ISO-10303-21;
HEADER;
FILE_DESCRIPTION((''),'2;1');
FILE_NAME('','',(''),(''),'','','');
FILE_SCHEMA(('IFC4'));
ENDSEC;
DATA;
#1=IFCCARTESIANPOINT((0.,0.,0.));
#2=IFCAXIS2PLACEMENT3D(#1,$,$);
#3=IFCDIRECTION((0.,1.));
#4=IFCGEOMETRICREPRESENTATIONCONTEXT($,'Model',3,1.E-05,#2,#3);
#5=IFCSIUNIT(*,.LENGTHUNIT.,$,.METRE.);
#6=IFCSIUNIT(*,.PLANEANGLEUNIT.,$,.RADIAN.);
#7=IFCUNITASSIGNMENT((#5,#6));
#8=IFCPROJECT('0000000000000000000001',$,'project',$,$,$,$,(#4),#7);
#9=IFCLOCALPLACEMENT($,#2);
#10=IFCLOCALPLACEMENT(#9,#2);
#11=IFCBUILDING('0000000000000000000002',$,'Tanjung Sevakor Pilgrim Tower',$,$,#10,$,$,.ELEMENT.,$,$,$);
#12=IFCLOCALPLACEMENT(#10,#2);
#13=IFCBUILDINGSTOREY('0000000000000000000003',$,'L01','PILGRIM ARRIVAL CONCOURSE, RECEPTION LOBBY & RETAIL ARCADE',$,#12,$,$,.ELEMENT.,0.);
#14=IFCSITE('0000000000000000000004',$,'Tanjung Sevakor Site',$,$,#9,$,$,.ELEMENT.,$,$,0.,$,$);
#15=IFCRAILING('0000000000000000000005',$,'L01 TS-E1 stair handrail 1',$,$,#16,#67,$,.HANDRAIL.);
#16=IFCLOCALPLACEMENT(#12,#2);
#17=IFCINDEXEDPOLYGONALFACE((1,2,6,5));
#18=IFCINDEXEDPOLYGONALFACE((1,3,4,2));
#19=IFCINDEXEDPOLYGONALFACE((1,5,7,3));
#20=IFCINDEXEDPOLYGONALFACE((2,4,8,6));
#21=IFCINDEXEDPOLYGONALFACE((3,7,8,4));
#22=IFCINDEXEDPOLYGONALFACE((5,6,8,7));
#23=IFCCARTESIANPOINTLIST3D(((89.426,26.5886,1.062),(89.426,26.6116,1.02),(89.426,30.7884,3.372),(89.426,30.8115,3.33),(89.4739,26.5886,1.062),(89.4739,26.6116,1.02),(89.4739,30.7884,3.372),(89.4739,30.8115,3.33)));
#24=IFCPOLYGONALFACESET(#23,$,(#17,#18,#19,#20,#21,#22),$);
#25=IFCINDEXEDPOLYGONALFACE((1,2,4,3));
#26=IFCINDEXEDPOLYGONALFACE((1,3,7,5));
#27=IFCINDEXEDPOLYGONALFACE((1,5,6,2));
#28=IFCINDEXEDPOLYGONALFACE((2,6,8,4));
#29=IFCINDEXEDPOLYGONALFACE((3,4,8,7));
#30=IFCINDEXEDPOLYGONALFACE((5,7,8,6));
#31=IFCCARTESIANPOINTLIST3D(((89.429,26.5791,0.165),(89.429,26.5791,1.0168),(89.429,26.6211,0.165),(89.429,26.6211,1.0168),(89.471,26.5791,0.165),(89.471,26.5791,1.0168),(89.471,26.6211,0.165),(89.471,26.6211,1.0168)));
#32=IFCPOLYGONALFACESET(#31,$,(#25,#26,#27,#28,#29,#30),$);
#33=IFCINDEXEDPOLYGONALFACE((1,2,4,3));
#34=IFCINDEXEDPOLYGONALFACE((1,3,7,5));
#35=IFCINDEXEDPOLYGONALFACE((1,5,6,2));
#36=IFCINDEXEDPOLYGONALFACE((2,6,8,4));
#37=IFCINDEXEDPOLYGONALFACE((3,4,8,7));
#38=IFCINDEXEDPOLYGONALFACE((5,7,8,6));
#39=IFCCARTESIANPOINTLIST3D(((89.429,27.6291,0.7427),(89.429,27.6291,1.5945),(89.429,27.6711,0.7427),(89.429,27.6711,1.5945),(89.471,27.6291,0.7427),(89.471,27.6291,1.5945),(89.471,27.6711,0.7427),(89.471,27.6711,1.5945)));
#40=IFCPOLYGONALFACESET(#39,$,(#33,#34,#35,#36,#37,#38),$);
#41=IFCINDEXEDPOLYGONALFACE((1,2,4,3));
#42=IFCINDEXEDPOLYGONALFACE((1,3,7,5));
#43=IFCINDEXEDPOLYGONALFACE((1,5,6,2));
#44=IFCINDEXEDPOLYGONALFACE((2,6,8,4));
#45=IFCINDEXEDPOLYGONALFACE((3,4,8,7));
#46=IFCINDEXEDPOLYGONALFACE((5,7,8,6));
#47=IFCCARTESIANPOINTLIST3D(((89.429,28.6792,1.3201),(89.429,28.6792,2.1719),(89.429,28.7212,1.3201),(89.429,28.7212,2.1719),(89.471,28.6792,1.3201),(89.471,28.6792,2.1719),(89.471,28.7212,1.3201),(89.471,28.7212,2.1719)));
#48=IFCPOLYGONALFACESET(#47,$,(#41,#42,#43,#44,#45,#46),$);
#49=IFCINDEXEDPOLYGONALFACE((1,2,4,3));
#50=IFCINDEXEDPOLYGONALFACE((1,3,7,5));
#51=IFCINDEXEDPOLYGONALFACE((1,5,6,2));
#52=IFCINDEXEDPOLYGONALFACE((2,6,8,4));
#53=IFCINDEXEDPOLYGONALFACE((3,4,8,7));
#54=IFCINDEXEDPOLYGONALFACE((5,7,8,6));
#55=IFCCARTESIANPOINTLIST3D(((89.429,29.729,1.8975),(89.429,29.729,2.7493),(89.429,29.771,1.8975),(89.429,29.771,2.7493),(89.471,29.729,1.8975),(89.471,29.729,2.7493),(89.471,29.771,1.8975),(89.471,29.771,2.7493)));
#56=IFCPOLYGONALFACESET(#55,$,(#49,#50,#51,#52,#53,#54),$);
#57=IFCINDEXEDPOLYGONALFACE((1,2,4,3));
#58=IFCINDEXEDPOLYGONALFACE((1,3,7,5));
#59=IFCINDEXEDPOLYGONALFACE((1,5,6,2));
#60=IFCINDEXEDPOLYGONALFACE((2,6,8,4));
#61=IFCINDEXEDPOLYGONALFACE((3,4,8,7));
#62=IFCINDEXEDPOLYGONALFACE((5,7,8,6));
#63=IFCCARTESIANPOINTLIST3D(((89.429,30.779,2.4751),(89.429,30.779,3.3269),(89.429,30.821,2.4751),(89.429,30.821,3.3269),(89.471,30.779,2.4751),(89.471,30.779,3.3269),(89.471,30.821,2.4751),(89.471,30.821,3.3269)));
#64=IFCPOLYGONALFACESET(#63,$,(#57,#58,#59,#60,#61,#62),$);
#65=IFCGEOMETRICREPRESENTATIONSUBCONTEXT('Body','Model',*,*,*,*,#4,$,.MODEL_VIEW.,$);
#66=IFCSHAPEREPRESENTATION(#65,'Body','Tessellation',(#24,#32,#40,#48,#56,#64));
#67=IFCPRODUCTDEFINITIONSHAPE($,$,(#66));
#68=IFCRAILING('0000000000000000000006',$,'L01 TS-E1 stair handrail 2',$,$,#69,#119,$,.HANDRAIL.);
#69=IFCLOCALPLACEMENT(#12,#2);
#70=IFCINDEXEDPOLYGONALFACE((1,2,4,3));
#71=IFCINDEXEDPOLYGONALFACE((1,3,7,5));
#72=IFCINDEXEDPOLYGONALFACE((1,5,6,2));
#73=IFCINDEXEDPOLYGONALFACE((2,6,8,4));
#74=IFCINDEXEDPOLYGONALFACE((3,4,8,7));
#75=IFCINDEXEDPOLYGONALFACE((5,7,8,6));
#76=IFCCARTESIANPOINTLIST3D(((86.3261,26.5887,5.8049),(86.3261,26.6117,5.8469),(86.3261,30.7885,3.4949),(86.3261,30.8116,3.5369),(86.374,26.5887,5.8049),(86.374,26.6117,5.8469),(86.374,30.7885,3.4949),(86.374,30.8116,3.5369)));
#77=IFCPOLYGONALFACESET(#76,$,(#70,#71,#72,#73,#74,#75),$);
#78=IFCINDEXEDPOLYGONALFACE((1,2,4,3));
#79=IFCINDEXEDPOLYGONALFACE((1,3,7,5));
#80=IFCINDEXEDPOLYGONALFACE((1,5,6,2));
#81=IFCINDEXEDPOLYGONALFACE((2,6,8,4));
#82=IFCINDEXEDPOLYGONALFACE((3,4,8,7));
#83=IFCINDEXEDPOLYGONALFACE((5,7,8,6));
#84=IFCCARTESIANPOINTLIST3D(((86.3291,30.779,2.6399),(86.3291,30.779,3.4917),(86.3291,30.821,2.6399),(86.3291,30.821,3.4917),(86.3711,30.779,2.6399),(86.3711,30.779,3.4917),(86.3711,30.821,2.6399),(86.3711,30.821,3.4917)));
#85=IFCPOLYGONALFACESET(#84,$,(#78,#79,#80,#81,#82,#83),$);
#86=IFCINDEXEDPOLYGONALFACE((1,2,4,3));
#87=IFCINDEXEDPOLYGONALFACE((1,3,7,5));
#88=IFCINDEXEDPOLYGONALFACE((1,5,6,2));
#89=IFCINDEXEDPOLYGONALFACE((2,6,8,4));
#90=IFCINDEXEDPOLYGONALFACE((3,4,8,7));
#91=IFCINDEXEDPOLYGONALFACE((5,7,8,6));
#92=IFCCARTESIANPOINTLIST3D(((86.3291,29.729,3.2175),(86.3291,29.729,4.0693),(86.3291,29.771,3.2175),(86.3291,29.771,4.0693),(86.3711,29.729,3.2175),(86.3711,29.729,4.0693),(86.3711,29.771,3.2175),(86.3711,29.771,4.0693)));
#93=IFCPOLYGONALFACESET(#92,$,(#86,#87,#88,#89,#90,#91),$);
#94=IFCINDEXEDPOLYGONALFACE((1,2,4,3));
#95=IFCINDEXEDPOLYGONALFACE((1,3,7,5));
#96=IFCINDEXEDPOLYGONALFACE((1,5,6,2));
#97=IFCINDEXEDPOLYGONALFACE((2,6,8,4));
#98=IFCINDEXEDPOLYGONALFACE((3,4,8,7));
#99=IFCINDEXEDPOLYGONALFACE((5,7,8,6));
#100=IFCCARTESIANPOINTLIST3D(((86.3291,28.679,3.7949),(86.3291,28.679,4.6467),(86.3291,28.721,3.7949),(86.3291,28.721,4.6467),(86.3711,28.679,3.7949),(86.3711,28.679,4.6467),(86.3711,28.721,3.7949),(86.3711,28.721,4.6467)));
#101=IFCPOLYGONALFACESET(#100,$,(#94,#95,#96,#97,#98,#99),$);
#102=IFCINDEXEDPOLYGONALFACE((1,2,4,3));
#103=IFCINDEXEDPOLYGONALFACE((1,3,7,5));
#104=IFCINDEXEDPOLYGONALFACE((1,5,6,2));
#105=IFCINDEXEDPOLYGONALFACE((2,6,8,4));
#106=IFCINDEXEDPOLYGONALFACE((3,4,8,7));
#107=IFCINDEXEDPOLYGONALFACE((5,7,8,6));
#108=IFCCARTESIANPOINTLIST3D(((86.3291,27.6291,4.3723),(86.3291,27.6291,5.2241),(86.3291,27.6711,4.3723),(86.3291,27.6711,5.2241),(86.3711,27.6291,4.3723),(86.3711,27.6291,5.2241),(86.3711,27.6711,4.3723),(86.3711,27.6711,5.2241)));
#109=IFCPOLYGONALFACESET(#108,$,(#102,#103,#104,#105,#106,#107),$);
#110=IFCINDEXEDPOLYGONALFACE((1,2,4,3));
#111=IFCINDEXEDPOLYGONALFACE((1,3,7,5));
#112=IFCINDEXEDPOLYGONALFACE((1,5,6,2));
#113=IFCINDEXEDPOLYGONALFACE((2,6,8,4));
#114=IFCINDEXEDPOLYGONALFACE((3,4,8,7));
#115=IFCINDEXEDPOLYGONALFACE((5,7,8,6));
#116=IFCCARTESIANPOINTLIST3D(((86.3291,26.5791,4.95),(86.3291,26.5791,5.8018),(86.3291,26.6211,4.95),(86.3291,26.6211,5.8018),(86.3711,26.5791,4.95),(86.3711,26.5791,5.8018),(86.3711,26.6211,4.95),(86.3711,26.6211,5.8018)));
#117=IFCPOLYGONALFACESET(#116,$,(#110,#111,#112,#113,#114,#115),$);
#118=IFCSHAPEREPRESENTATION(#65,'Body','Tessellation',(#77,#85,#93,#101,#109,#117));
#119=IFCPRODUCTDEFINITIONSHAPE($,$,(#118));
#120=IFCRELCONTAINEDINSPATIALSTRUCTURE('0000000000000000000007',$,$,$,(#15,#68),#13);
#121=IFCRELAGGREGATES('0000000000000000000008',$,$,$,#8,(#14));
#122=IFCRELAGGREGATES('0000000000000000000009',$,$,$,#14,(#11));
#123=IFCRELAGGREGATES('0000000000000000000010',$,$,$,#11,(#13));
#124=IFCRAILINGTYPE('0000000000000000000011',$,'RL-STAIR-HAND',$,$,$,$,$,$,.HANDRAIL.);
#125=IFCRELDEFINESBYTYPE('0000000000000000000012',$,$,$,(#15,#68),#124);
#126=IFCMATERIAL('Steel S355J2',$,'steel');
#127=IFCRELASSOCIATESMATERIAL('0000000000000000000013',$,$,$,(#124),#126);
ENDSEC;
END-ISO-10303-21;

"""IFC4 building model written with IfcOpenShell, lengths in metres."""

from ifc_helpers import new_model, si_unit, direction, frame, origin, place, context, subcontext, project, spatial, rectangle, extrude, material, type_object, element, save


model = new_model("IFC4")

# Units and contexts
model_context = context("Model", 3, precision=1e-05, world=origin(), true_north=direction((0.0, 1.0)))
body_context = subcontext(model_context, "Body", "Model", "MODEL_VIEW")
ifc_project = project(units=[si_unit("LENGTHUNIT", "METRE"), si_unit("PLANEANGLEUNIT", "RADIAN")], contexts=[model_context])

# Site, building, storey
site_placement = place(None, origin())
site = spatial("IfcSite", under=ifc_project, at=site_placement, Name="Tanjung Sevakor Site", CompositionType="ELEMENT", RefElevation=0.0)
building_placement = place(site_placement, origin())
building = spatial("IfcBuilding", under=site, at=building_placement, Name="Tanjung Sevakor Pilgrim Tower", CompositionType="ELEMENT")
storey_placement = place(building_placement, origin())
storey = spatial("IfcBuildingStorey", under=building, at=storey_placement, Name="L01", Description="PILGRIM ARRIVAL CONCOURSE, RECEPTION LOBBY & RETAIL ARCADE", CompositionType="ELEMENT", Elevation=0.0)

# Railings
ifc_material_1 = material(Name="Steel S355J2", Category="steel")
railing_type_1 = type_object("IfcRailingType", Name="RL-STAIR-HAND", PredefinedType="HANDRAIL", material=ifc_material_1)
railing_1_placement = place(storey_placement, frame((89.45, 26.6001, 0.165)))
element("IfcRailing", 1, at=railing_1_placement, inside=storey, type_object=railing_type_1, Name="L01 TS-E1 stair handrail 1", PredefinedType="HANDRAIL", context=body_context, shape_type="SweptSolid", body=[
    extrude(rectangle(XDim=0.0479, YDim=0.0479), frame((0.0, 0.0, 0.876), z_axis=(0.0, 0.876208, 0.481932), x_axis=(-1.0, 0.0, 0.0)), (0.0, 0.0, 1.0), 4.7932),
    extrude(rectangle(XDim=0.042, YDim=0.042), origin(), (0.0, 0.0, 1.0), 0.8518),
    extrude(rectangle(XDim=0.042, YDim=0.042), frame((0.0, 1.05, 0.5776)), (0.0, 0.0, 1.0), 0.8518),
    extrude(rectangle(XDim=0.042, YDim=0.042), frame((0.0, 2.1001, 1.155)), (0.0, 0.0, 1.0), 0.8518),
    extrude(rectangle(XDim=0.042, YDim=0.042), frame((0.0, 3.1499, 1.7324)), (0.0, 0.0, 1.0), 0.8518),
    extrude(rectangle(XDim=0.042, YDim=0.042), frame((0.0, 4.2, 2.3101)), (0.0, 0.0, 1.0), 0.8518),
])
railing_2_placement = place(storey_placement, frame((86.3501, 30.8, 2.6399)))
element("IfcRailing", 2, at=railing_2_placement, inside=storey, type_object=railing_type_1, Name="L01 TS-E1 stair handrail 2", PredefinedType="HANDRAIL", context=body_context, shape_type="SweptSolid", body=[
    extrude(rectangle(XDim=0.0479, YDim=0.0479), frame((0.0, 0.0, 0.876), z_axis=(0.0, -0.876208, 0.481932), x_axis=(1.0, 0.0, 0.0)), (0.0, 0.0, 1.0), 4.7932),
    extrude(rectangle(XDim=0.042, YDim=0.042), origin(), (0.0, 0.0, 1.0), 0.8518),
    extrude(rectangle(XDim=0.042, YDim=0.042), frame((0.0, -1.05, 0.5776)), (0.0, 0.0, 1.0), 0.8518),
    extrude(rectangle(XDim=0.042, YDim=0.042), frame((0.0, -2.1001, 1.155)), (0.0, 0.0, 1.0), 0.8518),
    extrude(rectangle(XDim=0.042, YDim=0.042), frame((0.0, -3.1499, 1.7324)), (0.0, 0.0, 1.0), 0.8518),
    extrude(rectangle(XDim=0.042, YDim=0.042), frame((0.0, -4.2, 2.3101)), (0.0, 0.0, 1.0), 0.8518),
])

save(model, "model.ifc")
